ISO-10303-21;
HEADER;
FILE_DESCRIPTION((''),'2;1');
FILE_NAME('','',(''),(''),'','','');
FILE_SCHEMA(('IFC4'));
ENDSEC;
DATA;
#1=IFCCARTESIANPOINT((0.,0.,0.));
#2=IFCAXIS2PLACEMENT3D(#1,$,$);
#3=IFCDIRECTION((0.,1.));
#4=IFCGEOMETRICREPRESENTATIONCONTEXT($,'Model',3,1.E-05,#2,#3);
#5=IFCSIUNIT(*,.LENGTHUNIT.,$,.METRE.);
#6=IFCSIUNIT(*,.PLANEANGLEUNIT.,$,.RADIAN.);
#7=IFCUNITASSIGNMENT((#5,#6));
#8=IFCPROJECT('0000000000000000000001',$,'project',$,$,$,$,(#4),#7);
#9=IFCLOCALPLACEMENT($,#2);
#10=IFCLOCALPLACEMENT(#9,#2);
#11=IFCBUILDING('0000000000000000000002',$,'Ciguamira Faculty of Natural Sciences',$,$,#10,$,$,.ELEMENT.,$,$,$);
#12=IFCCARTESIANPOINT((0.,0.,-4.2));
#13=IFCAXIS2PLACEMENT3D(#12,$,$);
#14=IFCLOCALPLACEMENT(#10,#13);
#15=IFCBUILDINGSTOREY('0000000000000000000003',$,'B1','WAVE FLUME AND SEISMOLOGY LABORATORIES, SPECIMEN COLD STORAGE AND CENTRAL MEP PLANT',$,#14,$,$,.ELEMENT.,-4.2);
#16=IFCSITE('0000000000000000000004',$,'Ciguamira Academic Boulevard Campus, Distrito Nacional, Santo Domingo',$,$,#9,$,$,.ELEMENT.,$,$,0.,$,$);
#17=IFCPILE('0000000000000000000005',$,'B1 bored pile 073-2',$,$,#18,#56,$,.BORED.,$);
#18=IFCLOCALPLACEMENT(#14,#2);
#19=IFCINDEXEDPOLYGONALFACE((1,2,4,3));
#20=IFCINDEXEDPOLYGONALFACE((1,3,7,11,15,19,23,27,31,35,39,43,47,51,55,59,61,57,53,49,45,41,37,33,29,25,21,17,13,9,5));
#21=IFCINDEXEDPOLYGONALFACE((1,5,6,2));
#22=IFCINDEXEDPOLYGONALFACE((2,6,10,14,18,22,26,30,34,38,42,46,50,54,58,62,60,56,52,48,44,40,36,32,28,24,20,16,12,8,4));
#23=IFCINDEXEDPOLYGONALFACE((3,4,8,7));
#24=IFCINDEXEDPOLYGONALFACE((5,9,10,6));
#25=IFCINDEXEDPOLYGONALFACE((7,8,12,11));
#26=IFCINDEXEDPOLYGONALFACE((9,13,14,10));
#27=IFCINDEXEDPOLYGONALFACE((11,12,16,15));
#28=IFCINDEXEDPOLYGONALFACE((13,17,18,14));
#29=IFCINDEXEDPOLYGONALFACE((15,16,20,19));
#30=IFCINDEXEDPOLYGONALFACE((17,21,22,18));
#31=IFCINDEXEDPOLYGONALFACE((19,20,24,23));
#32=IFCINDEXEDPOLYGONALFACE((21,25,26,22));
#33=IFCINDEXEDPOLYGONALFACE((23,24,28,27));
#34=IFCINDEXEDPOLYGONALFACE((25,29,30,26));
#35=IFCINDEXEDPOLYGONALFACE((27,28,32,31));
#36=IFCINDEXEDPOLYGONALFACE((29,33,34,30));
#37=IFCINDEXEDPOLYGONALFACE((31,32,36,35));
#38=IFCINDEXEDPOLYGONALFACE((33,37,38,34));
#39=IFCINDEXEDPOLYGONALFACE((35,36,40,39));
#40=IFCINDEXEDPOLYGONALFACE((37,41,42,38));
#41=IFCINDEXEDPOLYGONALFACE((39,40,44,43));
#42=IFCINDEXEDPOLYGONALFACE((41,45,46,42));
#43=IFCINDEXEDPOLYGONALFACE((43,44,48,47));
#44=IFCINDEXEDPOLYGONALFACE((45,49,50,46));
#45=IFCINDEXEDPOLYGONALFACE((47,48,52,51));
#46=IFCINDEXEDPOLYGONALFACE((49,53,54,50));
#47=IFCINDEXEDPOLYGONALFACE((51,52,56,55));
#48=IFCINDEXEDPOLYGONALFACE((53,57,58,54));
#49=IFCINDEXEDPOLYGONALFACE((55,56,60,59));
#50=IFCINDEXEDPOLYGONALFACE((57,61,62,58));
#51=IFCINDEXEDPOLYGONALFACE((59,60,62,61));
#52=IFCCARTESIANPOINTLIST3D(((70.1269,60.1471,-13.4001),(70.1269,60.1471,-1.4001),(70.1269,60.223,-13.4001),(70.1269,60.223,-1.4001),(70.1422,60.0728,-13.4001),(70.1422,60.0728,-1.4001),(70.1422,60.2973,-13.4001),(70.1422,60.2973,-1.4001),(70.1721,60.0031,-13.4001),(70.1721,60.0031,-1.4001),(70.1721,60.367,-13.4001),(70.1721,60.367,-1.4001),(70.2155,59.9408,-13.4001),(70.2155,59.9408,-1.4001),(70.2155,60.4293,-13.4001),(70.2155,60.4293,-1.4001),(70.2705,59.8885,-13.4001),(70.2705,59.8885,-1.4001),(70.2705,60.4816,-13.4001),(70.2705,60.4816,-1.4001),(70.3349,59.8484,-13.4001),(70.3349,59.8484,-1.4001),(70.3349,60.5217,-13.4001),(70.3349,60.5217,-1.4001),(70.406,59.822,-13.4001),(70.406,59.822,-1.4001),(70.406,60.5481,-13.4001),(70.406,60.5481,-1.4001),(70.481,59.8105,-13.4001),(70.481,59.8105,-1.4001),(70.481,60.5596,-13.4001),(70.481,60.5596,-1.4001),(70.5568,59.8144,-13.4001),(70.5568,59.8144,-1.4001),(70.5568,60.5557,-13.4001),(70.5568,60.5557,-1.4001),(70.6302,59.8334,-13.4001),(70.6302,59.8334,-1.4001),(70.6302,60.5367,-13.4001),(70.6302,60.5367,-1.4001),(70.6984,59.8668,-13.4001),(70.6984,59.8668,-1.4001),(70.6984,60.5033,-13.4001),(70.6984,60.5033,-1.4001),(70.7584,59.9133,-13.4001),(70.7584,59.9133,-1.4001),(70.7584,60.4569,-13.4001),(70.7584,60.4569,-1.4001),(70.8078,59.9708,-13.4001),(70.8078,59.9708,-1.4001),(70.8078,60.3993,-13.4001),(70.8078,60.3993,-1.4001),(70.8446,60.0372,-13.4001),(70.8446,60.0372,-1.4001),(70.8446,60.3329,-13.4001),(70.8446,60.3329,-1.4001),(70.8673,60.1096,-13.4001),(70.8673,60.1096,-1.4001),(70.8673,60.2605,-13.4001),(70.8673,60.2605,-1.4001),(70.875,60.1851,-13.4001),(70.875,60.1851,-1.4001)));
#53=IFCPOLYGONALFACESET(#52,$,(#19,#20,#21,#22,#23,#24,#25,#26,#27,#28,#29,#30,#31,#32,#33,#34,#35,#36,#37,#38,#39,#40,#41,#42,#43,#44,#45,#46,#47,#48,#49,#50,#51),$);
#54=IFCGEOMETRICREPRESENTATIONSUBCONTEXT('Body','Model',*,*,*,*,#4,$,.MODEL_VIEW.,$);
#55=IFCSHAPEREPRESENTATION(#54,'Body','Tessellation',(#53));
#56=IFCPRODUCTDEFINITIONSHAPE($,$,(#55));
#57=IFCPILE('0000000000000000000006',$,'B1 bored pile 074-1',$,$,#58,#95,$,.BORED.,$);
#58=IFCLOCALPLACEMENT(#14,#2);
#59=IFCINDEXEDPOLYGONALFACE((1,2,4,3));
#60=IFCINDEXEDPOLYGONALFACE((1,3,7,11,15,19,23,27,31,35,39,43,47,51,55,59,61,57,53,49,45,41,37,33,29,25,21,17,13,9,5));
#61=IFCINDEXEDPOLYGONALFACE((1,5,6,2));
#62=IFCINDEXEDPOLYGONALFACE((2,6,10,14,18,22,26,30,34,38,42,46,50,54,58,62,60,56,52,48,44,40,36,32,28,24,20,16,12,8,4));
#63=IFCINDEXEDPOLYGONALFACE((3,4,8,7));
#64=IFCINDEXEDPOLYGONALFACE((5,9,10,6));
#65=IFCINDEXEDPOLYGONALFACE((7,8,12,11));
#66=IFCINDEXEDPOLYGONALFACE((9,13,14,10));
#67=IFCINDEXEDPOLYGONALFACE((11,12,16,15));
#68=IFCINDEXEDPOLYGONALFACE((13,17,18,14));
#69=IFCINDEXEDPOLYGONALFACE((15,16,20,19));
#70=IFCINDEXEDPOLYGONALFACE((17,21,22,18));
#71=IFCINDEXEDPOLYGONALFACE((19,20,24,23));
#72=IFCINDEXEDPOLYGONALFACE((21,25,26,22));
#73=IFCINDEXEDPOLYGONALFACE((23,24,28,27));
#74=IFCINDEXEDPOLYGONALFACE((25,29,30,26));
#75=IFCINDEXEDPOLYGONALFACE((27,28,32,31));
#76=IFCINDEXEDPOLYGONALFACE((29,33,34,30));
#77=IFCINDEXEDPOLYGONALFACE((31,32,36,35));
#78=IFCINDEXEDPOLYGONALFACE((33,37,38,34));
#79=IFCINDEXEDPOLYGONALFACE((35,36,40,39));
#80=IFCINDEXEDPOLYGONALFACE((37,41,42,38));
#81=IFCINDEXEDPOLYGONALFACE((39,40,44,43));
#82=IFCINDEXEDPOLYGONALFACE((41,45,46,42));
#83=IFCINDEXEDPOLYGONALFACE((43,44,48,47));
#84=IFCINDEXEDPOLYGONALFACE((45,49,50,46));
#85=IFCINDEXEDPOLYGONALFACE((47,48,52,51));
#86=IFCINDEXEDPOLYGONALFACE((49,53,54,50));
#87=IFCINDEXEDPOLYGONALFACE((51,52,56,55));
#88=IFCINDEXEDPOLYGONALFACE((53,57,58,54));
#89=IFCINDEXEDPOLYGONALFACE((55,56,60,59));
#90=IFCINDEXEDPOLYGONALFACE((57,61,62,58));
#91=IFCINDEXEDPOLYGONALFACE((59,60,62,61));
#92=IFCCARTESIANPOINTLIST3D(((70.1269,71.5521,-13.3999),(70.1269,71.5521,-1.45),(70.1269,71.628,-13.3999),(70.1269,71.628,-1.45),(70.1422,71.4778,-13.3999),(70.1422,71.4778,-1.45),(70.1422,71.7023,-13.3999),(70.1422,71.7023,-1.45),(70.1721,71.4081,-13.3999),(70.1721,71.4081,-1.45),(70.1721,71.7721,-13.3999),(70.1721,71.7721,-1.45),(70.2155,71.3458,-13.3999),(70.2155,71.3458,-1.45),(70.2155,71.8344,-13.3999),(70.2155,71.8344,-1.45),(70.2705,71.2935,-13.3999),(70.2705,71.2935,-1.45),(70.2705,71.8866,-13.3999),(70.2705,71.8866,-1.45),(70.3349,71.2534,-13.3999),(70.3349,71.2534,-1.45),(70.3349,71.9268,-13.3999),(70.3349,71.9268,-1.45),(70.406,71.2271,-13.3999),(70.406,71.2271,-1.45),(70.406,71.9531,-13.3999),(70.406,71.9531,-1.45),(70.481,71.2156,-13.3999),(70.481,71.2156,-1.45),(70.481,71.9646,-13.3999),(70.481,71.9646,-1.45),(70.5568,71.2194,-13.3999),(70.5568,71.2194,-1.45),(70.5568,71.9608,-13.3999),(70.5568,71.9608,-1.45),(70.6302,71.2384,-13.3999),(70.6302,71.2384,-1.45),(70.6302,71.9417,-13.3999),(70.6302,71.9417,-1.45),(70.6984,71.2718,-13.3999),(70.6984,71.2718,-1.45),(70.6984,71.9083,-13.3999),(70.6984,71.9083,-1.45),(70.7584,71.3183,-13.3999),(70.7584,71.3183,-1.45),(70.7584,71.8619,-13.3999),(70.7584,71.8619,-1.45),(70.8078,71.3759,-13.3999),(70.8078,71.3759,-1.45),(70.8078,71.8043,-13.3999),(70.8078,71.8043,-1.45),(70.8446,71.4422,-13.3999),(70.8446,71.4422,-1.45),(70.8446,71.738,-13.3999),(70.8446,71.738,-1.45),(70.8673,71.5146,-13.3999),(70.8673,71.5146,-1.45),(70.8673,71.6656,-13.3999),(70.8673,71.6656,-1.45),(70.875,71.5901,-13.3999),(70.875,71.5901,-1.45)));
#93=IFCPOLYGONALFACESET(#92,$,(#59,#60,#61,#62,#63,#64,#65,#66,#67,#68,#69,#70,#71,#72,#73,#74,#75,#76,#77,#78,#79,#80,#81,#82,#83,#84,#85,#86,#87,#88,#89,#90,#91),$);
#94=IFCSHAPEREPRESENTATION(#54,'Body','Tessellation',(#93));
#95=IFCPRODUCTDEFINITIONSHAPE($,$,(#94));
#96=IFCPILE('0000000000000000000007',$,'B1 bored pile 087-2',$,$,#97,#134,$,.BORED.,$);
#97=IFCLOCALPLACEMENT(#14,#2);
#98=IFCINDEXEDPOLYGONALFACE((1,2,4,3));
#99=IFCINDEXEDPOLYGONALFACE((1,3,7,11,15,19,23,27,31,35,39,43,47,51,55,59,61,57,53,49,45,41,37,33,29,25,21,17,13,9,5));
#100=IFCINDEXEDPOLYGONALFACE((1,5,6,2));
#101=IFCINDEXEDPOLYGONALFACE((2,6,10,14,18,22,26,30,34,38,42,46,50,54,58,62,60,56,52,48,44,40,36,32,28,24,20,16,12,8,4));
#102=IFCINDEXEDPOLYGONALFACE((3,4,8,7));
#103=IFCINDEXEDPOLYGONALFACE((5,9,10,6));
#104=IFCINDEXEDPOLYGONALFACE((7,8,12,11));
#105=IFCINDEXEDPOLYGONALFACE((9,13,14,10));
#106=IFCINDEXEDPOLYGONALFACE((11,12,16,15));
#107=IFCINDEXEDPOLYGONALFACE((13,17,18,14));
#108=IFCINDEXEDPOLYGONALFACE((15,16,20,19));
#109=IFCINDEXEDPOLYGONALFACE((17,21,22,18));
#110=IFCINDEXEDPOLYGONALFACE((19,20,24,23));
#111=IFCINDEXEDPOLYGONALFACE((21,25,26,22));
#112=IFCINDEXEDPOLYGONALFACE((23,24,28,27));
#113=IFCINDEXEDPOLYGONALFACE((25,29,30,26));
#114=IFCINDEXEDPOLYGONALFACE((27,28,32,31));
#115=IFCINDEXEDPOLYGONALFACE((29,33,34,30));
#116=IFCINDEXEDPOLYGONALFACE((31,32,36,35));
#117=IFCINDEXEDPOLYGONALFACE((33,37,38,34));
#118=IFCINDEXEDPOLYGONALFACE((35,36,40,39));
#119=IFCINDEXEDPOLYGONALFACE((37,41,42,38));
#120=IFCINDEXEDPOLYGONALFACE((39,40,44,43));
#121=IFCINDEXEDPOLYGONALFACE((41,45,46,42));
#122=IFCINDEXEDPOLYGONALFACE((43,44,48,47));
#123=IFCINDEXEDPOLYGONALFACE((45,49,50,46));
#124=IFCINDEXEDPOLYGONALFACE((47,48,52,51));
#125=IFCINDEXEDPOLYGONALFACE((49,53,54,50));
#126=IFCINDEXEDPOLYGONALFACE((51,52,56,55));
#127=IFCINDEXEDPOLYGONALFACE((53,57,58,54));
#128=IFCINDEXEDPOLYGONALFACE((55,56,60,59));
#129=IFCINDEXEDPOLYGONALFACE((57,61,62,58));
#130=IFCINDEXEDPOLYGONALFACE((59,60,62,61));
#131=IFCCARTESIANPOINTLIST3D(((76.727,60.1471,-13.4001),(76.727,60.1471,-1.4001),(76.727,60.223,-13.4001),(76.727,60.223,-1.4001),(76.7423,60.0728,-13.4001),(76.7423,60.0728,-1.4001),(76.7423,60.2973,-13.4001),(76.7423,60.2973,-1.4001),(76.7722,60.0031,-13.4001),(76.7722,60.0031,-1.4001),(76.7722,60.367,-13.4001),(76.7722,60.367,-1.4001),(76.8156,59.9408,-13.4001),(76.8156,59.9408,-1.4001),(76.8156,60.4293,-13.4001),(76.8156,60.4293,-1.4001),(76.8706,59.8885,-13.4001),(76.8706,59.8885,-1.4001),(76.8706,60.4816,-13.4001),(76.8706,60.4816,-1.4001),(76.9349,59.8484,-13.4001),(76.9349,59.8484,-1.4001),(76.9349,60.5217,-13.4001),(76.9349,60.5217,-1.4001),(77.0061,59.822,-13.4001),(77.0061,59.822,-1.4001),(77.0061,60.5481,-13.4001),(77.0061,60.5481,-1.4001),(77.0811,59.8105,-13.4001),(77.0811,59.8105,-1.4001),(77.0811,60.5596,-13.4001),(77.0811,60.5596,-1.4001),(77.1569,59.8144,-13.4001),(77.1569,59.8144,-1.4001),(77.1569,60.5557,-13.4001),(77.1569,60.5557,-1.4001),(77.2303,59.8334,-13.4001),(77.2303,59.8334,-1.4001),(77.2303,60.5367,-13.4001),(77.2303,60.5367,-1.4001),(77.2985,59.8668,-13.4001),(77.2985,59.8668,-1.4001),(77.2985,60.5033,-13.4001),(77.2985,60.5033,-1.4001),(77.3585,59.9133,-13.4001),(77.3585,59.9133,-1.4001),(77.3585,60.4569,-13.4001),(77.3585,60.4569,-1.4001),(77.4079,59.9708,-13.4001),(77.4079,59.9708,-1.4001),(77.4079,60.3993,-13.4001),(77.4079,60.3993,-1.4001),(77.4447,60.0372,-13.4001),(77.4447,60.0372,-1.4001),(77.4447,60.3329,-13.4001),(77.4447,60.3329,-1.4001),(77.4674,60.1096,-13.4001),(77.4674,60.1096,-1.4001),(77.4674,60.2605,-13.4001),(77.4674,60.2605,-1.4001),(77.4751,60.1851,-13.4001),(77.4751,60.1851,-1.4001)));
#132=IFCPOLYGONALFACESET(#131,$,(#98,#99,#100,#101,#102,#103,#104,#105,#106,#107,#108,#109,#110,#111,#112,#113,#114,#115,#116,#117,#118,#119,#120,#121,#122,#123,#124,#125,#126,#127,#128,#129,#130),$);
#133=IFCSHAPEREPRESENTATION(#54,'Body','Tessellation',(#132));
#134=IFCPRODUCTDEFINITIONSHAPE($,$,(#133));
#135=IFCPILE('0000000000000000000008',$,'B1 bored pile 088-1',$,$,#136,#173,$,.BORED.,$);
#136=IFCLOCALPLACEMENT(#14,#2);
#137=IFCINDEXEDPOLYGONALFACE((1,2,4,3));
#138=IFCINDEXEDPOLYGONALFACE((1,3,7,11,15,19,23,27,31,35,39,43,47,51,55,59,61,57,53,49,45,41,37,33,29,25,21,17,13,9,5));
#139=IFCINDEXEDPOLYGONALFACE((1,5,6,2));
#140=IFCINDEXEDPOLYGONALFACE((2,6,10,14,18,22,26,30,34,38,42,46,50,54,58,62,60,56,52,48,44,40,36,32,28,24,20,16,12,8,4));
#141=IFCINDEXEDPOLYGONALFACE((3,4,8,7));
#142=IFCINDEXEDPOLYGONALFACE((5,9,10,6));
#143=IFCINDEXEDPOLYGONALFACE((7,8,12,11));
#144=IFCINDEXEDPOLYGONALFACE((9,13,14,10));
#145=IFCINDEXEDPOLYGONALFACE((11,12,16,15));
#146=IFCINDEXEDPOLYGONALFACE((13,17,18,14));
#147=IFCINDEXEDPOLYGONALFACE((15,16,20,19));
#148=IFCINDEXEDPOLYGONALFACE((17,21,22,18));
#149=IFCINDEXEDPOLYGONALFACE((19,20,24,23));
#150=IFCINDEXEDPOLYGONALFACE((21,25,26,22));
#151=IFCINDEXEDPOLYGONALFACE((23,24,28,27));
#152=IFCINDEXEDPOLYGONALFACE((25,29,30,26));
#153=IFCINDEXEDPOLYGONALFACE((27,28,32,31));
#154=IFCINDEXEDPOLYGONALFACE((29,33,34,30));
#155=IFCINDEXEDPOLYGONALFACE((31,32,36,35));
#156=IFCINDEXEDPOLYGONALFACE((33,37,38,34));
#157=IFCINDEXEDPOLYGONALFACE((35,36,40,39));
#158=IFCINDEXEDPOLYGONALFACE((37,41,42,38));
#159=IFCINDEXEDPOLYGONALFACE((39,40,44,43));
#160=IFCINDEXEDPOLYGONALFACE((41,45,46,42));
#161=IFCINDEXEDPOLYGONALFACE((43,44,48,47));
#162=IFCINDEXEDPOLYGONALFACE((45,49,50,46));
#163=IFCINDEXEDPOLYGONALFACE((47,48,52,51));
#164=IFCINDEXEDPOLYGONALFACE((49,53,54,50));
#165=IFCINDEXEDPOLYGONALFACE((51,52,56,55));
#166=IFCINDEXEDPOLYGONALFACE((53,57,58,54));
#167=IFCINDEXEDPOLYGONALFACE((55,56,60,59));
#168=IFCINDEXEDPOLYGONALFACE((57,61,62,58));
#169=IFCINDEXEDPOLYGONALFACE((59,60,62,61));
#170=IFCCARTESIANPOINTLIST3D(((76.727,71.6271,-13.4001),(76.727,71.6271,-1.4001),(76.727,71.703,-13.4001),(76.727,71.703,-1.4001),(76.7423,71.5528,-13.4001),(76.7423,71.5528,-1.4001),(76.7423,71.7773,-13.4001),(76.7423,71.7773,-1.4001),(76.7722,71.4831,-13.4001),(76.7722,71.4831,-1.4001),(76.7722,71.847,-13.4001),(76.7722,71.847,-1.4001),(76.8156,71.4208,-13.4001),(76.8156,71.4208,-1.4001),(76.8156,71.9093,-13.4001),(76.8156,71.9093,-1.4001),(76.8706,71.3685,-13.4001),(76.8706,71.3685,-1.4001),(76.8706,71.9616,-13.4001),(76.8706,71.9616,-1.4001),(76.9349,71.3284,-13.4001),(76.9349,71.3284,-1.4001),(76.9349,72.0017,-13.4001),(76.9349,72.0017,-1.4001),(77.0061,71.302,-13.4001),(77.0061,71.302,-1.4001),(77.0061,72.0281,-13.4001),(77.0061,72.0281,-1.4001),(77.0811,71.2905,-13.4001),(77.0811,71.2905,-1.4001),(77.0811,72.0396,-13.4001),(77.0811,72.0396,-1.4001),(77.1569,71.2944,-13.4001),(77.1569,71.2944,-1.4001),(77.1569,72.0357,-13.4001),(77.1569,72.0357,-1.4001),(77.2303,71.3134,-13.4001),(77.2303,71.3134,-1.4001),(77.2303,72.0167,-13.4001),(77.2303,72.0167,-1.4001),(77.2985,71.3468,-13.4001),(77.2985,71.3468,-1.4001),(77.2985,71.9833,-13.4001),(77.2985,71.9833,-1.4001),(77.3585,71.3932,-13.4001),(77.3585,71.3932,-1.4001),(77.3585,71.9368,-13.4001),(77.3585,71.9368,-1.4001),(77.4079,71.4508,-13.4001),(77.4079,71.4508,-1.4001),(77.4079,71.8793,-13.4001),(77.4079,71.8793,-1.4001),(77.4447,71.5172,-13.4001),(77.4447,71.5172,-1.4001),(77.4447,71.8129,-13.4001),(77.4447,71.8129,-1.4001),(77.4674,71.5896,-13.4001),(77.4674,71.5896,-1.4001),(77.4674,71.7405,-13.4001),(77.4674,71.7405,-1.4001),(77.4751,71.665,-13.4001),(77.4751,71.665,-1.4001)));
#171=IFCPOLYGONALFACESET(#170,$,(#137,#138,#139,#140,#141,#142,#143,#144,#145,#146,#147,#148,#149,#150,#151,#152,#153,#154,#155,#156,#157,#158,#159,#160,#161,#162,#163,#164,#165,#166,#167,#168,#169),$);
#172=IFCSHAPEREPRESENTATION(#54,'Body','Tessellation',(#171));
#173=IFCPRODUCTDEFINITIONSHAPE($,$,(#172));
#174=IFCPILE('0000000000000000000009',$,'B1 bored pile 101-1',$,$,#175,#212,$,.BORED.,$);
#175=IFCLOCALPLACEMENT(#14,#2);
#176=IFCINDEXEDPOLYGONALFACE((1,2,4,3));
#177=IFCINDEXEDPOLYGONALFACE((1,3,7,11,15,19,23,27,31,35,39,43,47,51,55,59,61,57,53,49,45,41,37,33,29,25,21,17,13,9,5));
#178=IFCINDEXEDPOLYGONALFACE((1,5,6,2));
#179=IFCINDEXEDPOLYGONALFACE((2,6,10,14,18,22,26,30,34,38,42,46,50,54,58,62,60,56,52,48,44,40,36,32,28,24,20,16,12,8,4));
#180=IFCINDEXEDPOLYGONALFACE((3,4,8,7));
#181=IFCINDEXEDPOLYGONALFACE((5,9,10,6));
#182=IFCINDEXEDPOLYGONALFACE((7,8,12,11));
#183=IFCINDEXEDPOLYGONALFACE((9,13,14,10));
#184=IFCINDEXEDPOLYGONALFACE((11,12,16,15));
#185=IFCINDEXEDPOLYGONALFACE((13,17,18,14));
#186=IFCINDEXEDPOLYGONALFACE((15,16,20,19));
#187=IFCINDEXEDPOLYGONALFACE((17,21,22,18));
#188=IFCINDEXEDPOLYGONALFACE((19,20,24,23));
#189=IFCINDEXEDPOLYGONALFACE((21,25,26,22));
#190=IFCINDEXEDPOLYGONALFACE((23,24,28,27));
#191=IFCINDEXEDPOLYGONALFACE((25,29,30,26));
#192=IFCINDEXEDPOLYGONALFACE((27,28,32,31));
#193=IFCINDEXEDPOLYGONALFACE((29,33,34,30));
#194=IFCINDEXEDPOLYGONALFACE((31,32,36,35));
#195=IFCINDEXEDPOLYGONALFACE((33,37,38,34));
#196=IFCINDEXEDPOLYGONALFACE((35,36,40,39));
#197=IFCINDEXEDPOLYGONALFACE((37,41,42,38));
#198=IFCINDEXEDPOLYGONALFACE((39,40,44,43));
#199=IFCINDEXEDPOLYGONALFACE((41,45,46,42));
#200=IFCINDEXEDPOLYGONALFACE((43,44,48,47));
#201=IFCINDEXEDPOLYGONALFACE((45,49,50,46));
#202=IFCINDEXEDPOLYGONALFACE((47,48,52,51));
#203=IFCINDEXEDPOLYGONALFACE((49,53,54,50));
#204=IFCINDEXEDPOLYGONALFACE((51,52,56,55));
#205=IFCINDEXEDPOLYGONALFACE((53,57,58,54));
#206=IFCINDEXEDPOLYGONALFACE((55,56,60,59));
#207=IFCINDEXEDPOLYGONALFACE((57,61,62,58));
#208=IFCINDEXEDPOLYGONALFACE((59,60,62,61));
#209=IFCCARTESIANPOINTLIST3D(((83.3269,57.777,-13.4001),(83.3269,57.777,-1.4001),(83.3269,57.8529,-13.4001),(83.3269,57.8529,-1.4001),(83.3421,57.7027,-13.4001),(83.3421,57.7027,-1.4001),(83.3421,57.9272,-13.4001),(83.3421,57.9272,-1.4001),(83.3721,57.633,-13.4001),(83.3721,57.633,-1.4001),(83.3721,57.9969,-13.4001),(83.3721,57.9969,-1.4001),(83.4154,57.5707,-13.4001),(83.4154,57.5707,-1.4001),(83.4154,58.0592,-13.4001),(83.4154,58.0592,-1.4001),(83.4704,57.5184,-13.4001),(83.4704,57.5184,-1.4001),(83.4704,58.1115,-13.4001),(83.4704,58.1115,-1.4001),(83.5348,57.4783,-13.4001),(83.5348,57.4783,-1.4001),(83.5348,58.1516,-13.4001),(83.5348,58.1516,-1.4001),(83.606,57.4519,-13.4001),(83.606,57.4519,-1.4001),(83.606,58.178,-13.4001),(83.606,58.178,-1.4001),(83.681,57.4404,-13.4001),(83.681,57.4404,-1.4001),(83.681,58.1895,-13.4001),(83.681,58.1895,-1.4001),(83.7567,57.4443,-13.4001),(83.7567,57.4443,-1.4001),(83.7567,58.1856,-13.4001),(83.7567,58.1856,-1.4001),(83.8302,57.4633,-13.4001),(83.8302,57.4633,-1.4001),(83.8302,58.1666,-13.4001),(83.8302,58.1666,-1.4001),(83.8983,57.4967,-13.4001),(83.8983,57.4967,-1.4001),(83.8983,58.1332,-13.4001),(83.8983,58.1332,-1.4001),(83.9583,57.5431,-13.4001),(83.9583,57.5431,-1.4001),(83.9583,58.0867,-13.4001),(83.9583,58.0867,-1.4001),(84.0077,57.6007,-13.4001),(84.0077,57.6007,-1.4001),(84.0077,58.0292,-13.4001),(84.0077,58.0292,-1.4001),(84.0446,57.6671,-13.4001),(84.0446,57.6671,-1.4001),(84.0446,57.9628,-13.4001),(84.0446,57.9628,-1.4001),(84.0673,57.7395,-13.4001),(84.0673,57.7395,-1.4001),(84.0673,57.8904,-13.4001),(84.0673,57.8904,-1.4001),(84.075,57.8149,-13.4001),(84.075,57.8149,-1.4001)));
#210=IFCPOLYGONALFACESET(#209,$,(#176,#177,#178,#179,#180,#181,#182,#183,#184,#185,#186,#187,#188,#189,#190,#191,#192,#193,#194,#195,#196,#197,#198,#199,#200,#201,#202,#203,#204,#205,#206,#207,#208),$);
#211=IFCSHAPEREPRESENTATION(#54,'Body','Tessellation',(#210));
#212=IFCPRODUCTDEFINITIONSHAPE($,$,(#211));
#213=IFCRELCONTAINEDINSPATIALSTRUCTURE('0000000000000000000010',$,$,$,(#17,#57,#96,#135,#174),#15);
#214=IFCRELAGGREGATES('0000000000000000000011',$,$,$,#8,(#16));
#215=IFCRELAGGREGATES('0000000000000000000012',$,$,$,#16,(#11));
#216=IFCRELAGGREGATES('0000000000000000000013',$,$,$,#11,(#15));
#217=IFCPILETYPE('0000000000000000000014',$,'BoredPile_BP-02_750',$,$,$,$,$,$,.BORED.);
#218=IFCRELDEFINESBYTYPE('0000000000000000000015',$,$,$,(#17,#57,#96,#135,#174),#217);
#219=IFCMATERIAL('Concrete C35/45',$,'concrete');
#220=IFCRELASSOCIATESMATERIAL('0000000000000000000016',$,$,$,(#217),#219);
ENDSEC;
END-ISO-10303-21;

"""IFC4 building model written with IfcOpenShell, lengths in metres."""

from ifc_helpers import new_model, si_unit, direction, frame, origin, origin_2d, place, context, subcontext, project, spatial, circle, extrude, material, material_profile, profile_set, type_object, element, save


model = new_model("IFC4")

# Units and contexts
model_context = context("Model", 3, precision=1e-05, world=origin(), true_north=direction((0.0, 1.0)))
body_context = subcontext(model_context, "Body", "Model", "MODEL_VIEW")
ifc_project = project(units=[si_unit("LENGTHUNIT", "METRE"), si_unit("PLANEANGLEUNIT", "RADIAN")], contexts=[model_context])

# Site, building, storey
site_placement = place(None, origin())
site = spatial("IfcSite", under=ifc_project, at=site_placement, Name="Ciguamira Academic Boulevard Campus, Distrito Nacional, Santo Domingo", CompositionType="ELEMENT", RefElevation=0.0)
building_placement = place(site_placement, origin())
building = spatial("IfcBuilding", under=site, at=building_placement, Name="Ciguamira Faculty of Natural Sciences", CompositionType="ELEMENT")
storey_placement = place(building_placement, frame((0.0, 0.0, -4.2)))
storey = spatial("IfcBuildingStorey", under=building, at=storey_placement, Name="B1", Description="WAVE FLUME AND SEISMOLOGY LABORATORIES, SPECIMEN COLD STORAGE AND CENTRAL MEP PLANT", CompositionType="ELEMENT", Elevation=-4.2)

# Piles
ifc_material_1 = material(Name="Concrete C35/45", Category="concrete")
ifc_material_profile_1 = material_profile(ifc_material_1, circle(Radius=0.375, at=origin_2d()), Name="PILE-BORED-750")
ifc_profile_set_1 = profile_set([ifc_material_profile_1], Name="Concrete C35/45")
pile_type = type_object("IfcPileType", Name="BoredPile_BP-02_750", PredefinedType="BORED", material=ifc_profile_set_1)
pile_1_placement = place(storey_placement, frame((70.5, 60.1851, -1.4001), z_axis=(0.0, 0.0, -1.0), x_axis=(1.0, 0.0, 0.0)))
element("IfcPile", 1, at=pile_1_placement, inside=storey, type_object=pile_type, Name="B1 bored pile 073-2", PredefinedType="BORED", context=body_context, shape_type="SweptSolid", body=[
    extrude(circle(Radius=0.375, at=origin_2d()), origin(), (0.0, 0.0, 1.0), 12.0),
])
pile_2_placement = place(storey_placement, frame((70.5, 71.5901, -1.45), z_axis=(0.0, 0.0, -1.0), x_axis=(1.0, 0.0, 0.0)))
element("IfcPile", 2, at=pile_2_placement, inside=storey, type_object=pile_type, Name="B1 bored pile 074-1", PredefinedType="BORED", context=body_context, shape_type="SweptSolid", body=[
    extrude(circle(Radius=0.375, at=origin_2d()), origin(), (0.0, 0.0, 1.0), 11.95),
])
for number, where, z_axis, x_axis, name in (
    (3, (77.1001, 60.1851, -1.4001), (0.0, 0.0, -1.0), (1.0, 0.0, 0.0), "B1 bored pile 087-2"),
    (4, (77.1001, 71.665, -1.4001), (0.0, 0.0, -1.0), (1.0, 0.0, 0.0), "B1 bored pile 088-1"),
    (5, (83.7, 57.8149, -1.4001), (0.0, 0.0, -1.0), (1.0, 0.0, 0.0), "B1 bored pile 101-1"),
):
    element("IfcPile", number, at=place(storey_placement, frame(where, z_axis=z_axis, x_axis=x_axis)), inside=storey, type_object=pile_type, Name=name, PredefinedType="BORED", context=body_context, shape_type="SweptSolid", body=[
        extrude(circle(Radius=0.375, at=origin_2d()), origin(), (0.0, 0.0, 1.0), 12.0),
    ])

save(model, "model.ifc")
